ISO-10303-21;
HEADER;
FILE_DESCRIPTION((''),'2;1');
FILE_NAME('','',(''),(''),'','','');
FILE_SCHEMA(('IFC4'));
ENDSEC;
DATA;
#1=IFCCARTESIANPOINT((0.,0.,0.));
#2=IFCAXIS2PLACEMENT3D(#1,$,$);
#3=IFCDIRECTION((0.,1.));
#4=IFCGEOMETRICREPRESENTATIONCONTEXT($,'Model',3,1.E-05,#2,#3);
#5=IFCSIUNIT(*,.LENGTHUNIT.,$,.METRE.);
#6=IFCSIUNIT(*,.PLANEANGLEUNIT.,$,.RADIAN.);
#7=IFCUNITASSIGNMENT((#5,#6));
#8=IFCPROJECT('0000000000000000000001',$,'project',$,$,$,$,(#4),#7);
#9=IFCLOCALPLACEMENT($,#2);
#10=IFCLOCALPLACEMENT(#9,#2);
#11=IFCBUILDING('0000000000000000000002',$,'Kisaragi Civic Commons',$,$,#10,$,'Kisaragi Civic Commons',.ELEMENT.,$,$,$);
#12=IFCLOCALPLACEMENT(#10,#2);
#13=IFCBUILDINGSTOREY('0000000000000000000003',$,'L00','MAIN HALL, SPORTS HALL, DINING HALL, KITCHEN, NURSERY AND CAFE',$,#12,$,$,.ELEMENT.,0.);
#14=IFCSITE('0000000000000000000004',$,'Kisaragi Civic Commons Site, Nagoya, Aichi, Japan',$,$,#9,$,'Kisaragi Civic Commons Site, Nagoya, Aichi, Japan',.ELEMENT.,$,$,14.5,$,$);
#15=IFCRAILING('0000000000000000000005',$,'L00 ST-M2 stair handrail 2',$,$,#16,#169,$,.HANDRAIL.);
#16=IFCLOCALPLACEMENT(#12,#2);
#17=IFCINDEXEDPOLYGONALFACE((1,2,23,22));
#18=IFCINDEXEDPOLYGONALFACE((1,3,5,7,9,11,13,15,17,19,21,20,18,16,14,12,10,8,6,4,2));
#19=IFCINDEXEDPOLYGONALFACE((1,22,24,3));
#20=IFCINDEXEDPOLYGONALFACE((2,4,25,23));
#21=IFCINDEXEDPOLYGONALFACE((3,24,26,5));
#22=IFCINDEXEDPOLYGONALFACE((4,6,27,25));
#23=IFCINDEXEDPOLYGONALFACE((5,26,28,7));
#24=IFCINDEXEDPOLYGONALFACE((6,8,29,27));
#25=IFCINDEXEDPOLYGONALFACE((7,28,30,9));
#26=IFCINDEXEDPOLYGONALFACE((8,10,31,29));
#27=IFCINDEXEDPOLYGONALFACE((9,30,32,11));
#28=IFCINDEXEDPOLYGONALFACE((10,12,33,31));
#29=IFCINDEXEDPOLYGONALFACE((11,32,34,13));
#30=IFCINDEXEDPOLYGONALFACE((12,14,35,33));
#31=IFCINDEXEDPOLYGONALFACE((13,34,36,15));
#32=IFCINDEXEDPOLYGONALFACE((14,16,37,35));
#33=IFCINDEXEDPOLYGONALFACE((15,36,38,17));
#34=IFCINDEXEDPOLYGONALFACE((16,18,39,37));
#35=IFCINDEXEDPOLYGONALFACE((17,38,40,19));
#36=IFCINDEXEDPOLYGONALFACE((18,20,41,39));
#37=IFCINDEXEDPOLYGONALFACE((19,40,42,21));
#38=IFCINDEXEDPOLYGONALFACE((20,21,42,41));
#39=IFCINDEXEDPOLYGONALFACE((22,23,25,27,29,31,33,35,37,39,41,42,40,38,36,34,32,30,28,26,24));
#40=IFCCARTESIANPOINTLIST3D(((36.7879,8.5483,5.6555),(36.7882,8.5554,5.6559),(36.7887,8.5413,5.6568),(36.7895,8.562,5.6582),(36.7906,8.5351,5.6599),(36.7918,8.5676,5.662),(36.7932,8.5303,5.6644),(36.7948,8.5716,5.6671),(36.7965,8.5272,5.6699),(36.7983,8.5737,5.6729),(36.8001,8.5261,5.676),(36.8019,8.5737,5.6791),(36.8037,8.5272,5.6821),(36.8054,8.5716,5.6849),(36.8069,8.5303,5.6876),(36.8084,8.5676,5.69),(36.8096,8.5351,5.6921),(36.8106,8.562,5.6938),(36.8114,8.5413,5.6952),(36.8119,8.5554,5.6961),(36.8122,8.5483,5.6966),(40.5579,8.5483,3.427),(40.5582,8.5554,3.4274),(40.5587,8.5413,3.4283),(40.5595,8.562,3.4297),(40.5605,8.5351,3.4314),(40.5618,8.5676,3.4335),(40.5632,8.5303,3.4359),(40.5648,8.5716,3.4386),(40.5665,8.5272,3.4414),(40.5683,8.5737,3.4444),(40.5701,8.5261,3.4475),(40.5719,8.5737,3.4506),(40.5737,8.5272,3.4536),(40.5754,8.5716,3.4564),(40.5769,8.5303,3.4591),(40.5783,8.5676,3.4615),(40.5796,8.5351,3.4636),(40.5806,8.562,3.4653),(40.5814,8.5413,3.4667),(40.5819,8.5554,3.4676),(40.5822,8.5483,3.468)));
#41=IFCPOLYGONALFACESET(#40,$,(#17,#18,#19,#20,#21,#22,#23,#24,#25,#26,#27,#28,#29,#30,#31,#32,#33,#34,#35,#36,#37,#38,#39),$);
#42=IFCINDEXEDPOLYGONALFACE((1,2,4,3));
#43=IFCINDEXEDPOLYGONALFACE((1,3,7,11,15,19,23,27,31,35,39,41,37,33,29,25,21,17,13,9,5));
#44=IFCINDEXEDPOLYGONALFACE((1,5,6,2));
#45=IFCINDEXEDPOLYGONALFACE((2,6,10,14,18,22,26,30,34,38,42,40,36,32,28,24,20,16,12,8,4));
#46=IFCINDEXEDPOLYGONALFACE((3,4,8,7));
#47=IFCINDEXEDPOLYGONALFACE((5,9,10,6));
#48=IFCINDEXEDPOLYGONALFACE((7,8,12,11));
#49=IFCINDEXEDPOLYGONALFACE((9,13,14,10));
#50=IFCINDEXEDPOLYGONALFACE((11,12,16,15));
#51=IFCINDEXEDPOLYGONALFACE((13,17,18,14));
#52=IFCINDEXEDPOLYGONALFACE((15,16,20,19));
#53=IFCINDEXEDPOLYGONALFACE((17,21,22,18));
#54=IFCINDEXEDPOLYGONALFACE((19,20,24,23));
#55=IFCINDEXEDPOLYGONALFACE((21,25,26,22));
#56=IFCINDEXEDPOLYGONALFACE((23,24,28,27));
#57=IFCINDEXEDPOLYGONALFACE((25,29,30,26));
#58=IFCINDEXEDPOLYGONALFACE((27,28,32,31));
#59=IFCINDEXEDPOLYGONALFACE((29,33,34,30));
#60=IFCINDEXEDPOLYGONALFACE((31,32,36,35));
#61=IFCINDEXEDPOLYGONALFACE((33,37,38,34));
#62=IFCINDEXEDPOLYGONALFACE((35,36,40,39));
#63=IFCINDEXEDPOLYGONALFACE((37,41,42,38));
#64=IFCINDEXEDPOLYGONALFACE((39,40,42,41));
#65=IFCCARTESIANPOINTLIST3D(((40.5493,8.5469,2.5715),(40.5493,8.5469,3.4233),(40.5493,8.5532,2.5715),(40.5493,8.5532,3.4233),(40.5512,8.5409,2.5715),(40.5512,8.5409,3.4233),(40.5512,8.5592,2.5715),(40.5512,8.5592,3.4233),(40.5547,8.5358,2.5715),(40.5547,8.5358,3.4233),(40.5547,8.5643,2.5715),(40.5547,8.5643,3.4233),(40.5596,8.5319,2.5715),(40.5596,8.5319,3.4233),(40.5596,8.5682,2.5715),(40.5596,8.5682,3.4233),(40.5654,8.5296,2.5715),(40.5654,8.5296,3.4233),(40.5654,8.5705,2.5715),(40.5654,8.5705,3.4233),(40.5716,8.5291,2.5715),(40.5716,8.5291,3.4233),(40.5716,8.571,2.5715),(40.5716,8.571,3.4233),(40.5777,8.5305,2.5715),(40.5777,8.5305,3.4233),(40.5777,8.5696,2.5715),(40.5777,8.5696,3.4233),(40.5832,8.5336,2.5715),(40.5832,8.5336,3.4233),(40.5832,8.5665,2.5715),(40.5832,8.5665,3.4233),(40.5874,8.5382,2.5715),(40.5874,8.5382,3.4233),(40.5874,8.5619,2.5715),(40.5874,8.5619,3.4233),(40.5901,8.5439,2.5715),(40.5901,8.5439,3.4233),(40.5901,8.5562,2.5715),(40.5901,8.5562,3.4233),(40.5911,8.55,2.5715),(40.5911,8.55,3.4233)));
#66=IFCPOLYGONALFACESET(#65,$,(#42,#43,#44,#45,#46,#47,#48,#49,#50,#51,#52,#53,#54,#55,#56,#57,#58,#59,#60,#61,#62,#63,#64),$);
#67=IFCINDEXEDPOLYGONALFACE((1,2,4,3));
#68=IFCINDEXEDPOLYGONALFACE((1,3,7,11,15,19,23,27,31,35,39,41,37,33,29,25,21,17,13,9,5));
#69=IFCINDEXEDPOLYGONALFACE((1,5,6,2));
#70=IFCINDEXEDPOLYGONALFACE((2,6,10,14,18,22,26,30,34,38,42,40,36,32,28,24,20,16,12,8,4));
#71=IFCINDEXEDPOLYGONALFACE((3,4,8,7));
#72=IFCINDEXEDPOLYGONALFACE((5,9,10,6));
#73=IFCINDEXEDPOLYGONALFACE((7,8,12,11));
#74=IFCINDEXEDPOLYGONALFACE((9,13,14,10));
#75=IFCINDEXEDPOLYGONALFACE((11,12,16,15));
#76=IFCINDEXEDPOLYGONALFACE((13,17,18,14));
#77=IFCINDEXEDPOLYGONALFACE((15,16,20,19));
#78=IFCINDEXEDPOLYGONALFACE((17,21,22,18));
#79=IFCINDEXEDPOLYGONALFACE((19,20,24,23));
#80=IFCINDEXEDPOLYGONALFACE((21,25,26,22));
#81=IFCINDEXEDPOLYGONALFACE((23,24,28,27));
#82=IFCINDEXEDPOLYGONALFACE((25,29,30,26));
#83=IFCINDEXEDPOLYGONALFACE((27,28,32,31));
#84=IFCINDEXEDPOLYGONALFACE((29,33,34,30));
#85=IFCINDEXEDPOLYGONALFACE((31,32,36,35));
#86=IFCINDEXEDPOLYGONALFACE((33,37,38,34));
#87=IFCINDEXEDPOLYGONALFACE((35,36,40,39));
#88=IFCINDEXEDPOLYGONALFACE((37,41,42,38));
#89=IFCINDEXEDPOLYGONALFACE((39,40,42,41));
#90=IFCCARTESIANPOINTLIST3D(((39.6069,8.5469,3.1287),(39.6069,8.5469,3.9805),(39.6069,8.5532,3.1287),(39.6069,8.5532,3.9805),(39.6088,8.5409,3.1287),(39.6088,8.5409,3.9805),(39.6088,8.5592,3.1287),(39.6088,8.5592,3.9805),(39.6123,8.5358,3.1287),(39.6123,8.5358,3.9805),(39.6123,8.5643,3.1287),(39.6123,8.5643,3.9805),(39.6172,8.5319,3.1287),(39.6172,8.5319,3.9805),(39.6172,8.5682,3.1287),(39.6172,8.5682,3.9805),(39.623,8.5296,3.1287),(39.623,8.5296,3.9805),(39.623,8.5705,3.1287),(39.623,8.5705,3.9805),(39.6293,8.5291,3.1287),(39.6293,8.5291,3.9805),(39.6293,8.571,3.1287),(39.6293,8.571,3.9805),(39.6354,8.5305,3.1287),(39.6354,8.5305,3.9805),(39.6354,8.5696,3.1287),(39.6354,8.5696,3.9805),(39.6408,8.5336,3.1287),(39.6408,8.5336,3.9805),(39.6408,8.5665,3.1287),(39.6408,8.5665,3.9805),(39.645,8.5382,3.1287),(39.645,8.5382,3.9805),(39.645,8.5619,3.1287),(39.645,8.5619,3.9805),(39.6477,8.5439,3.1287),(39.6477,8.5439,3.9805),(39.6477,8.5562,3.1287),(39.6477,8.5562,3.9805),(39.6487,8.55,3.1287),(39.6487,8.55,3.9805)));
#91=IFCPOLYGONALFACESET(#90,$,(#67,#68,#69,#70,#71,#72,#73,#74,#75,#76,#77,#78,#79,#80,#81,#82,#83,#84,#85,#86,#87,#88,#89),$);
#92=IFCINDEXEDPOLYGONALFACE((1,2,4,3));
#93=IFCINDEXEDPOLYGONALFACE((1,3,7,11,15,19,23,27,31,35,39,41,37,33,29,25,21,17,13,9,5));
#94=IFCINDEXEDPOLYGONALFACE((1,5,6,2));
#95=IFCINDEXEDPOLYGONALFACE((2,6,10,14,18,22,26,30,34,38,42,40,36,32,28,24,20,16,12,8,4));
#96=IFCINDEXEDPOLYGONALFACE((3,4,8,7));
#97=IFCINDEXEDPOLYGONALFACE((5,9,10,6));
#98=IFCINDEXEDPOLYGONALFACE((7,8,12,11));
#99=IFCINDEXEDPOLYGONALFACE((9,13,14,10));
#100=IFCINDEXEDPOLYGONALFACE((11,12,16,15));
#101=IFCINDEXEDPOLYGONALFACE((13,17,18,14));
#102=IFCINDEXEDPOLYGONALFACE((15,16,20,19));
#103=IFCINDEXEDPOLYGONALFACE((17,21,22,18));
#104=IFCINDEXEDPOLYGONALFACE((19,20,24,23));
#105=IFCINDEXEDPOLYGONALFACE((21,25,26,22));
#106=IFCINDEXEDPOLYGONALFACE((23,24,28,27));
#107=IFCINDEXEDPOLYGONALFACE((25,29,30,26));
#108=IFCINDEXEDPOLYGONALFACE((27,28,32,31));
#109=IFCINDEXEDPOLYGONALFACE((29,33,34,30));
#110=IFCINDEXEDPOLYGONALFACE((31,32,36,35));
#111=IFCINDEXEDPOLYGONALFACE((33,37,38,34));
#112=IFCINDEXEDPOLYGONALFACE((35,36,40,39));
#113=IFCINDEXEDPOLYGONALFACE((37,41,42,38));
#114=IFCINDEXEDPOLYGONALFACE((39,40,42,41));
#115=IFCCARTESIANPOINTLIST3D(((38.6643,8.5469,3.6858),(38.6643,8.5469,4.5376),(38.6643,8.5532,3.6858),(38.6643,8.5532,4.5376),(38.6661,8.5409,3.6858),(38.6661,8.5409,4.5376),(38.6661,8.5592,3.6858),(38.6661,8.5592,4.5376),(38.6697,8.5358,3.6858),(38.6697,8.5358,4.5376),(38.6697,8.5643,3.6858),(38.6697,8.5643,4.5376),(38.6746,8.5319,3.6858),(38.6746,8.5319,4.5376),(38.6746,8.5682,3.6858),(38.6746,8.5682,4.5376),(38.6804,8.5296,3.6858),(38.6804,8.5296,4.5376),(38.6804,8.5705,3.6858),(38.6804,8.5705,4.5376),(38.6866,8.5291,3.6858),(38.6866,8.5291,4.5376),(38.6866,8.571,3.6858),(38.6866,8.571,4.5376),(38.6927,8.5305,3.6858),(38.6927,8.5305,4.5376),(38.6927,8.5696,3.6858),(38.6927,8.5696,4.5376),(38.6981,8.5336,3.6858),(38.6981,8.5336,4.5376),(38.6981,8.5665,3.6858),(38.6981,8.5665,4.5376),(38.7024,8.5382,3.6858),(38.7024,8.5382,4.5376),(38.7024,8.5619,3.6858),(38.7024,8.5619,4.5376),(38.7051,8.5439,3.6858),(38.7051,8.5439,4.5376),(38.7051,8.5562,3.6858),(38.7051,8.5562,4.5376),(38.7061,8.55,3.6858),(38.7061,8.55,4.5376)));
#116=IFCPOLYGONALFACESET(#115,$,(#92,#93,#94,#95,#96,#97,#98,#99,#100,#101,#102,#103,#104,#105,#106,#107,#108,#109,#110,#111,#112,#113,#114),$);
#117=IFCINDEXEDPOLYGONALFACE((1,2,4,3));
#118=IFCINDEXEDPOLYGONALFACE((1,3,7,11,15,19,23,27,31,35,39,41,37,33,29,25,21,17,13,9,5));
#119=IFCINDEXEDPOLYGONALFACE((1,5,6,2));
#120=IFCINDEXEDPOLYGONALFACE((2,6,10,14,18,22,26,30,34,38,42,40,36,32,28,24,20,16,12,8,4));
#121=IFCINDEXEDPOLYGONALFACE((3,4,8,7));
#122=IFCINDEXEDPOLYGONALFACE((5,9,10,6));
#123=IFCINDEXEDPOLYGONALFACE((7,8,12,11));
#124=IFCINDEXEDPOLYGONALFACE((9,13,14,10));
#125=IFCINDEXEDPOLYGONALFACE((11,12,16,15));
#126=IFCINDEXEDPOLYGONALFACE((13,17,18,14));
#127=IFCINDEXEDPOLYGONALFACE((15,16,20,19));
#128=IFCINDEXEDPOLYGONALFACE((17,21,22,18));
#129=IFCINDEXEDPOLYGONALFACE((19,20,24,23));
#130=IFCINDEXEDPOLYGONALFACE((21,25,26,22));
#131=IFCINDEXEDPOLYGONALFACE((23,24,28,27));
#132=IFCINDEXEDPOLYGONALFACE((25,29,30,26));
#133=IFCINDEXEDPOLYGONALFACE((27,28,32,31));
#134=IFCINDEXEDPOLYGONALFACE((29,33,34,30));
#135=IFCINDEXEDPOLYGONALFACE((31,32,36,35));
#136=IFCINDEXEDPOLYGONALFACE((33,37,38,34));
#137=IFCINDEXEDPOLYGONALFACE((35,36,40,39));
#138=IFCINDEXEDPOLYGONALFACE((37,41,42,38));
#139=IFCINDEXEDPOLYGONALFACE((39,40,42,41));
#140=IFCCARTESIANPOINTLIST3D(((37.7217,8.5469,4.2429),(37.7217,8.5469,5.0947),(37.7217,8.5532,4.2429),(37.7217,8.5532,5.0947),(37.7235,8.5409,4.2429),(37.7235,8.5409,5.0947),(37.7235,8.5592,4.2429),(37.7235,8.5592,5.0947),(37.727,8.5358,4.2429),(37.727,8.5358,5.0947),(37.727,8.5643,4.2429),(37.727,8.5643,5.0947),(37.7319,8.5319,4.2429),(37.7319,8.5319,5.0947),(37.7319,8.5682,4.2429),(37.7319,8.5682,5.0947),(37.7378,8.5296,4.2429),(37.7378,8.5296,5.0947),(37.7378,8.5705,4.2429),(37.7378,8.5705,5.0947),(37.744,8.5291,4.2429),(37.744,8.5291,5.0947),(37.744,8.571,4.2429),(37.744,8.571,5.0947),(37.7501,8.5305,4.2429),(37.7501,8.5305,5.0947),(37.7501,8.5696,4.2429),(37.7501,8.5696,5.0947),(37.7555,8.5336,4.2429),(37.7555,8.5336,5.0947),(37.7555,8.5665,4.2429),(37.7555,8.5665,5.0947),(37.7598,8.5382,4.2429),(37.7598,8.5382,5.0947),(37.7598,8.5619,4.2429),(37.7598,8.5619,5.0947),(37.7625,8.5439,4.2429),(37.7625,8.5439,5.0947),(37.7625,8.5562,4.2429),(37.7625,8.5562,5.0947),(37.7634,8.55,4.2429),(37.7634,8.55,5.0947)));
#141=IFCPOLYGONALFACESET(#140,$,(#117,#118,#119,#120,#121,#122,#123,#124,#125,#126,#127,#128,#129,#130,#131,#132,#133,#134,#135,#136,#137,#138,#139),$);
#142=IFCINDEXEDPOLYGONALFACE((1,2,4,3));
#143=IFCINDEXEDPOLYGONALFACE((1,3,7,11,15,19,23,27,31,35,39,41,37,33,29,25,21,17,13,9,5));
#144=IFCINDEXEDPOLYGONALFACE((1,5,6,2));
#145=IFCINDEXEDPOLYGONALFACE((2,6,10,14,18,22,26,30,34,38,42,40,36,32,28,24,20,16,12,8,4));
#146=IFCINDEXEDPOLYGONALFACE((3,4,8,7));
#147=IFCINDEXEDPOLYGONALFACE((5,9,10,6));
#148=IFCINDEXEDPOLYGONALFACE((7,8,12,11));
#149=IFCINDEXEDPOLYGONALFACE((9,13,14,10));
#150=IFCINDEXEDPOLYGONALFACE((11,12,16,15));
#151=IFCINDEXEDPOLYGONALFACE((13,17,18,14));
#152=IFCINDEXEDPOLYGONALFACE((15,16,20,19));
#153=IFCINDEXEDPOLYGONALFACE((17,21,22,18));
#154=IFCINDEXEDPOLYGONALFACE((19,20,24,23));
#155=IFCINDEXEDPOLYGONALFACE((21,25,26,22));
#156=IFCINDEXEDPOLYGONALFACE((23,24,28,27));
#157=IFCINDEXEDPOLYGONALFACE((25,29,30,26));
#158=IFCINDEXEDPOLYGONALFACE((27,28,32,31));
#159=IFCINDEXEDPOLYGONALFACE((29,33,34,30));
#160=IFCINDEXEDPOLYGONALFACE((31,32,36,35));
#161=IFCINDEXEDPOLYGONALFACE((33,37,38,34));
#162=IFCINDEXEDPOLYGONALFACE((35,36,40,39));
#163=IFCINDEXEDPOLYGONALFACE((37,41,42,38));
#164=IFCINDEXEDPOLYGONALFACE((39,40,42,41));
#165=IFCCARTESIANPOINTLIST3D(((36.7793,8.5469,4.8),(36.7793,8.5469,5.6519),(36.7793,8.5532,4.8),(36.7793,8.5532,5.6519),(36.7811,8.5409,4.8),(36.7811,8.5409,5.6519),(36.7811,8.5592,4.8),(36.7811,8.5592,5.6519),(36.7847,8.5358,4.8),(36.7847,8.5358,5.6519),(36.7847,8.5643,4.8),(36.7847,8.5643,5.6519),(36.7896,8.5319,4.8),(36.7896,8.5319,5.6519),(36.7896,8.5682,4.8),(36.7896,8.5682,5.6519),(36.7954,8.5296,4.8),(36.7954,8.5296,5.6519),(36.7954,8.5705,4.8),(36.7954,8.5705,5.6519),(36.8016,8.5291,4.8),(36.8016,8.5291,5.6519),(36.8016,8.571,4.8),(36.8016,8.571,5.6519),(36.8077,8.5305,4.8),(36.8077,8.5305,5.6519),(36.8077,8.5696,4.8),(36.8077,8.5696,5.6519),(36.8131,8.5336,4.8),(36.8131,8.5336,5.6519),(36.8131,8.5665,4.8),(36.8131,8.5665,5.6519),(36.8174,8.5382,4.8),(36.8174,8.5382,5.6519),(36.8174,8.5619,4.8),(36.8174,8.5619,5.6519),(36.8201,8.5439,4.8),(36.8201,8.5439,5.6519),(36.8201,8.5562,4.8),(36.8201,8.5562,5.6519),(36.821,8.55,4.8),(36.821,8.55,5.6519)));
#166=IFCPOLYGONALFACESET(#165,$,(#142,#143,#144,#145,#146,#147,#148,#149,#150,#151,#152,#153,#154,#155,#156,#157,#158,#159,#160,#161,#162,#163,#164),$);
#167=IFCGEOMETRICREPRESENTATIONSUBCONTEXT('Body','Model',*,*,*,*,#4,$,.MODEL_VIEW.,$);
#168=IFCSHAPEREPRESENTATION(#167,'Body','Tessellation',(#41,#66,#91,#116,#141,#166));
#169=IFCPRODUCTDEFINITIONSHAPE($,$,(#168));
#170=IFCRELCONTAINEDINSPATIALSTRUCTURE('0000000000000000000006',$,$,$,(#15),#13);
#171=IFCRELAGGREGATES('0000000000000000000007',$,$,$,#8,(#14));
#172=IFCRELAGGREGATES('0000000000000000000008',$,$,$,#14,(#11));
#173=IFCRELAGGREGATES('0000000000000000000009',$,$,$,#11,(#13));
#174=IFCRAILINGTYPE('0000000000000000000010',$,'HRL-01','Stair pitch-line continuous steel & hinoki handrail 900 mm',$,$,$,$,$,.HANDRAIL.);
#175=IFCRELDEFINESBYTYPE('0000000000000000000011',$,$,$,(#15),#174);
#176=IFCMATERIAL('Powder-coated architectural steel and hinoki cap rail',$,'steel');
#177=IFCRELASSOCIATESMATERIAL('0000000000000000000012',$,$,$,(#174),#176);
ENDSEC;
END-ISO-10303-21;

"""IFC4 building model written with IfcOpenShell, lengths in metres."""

from ifc_helpers import new_model, si_unit, direction, frame, origin, origin_2d, place, context, subcontext, project, spatial, circle, extrude, material, type_object, element, save


model = new_model("IFC4")

# Units and contexts
model_context = context("Model", 3, precision=1e-05, world=origin(), true_north=direction((0.0, 1.0)))
body_context = subcontext(model_context, "Body", "Model", "MODEL_VIEW")
ifc_project = project(units=[si_unit("LENGTHUNIT", "METRE"), si_unit("PLANEANGLEUNIT", "RADIAN")], contexts=[model_context])

# Site, building, storey
site_placement = place(None, origin())
site = spatial("IfcSite", under=ifc_project, at=site_placement, Name="Kisaragi Civic Commons Site, Nagoya, Aichi, Japan", LongName="Kisaragi Civic Commons Site, Nagoya, Aichi, Japan", CompositionType="ELEMENT", RefElevation=14.5)
building_placement = place(site_placement, origin())
building = spatial("IfcBuilding", under=site, at=building_placement, Name="Kisaragi Civic Commons", LongName="Kisaragi Civic Commons", CompositionType="ELEMENT")
storey_placement = place(building_placement, origin())
storey = spatial("IfcBuildingStorey", under=building, at=storey_placement, Name="L00", Description="MAIN HALL, SPORTS HALL, DINING HALL, KITCHEN, NURSERY AND CAFE", CompositionType="ELEMENT", Elevation=0.0)

# Railing
ifc_material_1 = material(Name="Powder-coated architectural steel and hinoki cap rail", Category="steel")
railing_type_1 = type_object("IfcRailingType", Name="HRL-01", Description="Stair pitch-line continuous steel & hinoki handrail 900 mm", PredefinedType="HANDRAIL", material=ifc_material_1)
railing_1_placement = place(storey_placement, frame((40.5701, 8.55, 2.5715)))
element("IfcRailing", 1, at=railing_1_placement, inside=storey, type_object=railing_type_1, Name="L00 ST-M2 stair handrail 2", PredefinedType="HANDRAIL", context=body_context, shape_type="SweptSolid", body=[
    extrude(circle(Radius=0.0239, at=origin_2d()), frame((0.0, 0.0, 0.876), z_axis=(-0.860849, 0.0, 0.508861), x_axis=(0.0, -1.0, 0.0)), (0.0, 0.0, 1.0), 4.3794),
    extrude(circle(Radius=0.021, at=origin_2d()), origin(), (0.0, 0.0, 1.0), 0.8518),
    extrude(circle(Radius=0.021, at=origin_2d()), frame((-0.9424, 0.0, 0.5571)), (0.0, 0.0, 1.0), 0.8518),
    extrude(circle(Radius=0.021, at=origin_2d()), frame((-1.885, 0.0, 1.1143)), (0.0, 0.0, 1.0), 0.8518),
    extrude(circle(Radius=0.021, at=origin_2d()), frame((-2.8276, 0.0, 1.6714)), (0.0, 0.0, 1.0), 0.8518),
    extrude(circle(Radius=0.021, at=origin_2d()), frame((-3.77, 0.0, 2.2285)), (0.0, 0.0, 1.0), 0.8518),
])

save(model, "model.ifc")
